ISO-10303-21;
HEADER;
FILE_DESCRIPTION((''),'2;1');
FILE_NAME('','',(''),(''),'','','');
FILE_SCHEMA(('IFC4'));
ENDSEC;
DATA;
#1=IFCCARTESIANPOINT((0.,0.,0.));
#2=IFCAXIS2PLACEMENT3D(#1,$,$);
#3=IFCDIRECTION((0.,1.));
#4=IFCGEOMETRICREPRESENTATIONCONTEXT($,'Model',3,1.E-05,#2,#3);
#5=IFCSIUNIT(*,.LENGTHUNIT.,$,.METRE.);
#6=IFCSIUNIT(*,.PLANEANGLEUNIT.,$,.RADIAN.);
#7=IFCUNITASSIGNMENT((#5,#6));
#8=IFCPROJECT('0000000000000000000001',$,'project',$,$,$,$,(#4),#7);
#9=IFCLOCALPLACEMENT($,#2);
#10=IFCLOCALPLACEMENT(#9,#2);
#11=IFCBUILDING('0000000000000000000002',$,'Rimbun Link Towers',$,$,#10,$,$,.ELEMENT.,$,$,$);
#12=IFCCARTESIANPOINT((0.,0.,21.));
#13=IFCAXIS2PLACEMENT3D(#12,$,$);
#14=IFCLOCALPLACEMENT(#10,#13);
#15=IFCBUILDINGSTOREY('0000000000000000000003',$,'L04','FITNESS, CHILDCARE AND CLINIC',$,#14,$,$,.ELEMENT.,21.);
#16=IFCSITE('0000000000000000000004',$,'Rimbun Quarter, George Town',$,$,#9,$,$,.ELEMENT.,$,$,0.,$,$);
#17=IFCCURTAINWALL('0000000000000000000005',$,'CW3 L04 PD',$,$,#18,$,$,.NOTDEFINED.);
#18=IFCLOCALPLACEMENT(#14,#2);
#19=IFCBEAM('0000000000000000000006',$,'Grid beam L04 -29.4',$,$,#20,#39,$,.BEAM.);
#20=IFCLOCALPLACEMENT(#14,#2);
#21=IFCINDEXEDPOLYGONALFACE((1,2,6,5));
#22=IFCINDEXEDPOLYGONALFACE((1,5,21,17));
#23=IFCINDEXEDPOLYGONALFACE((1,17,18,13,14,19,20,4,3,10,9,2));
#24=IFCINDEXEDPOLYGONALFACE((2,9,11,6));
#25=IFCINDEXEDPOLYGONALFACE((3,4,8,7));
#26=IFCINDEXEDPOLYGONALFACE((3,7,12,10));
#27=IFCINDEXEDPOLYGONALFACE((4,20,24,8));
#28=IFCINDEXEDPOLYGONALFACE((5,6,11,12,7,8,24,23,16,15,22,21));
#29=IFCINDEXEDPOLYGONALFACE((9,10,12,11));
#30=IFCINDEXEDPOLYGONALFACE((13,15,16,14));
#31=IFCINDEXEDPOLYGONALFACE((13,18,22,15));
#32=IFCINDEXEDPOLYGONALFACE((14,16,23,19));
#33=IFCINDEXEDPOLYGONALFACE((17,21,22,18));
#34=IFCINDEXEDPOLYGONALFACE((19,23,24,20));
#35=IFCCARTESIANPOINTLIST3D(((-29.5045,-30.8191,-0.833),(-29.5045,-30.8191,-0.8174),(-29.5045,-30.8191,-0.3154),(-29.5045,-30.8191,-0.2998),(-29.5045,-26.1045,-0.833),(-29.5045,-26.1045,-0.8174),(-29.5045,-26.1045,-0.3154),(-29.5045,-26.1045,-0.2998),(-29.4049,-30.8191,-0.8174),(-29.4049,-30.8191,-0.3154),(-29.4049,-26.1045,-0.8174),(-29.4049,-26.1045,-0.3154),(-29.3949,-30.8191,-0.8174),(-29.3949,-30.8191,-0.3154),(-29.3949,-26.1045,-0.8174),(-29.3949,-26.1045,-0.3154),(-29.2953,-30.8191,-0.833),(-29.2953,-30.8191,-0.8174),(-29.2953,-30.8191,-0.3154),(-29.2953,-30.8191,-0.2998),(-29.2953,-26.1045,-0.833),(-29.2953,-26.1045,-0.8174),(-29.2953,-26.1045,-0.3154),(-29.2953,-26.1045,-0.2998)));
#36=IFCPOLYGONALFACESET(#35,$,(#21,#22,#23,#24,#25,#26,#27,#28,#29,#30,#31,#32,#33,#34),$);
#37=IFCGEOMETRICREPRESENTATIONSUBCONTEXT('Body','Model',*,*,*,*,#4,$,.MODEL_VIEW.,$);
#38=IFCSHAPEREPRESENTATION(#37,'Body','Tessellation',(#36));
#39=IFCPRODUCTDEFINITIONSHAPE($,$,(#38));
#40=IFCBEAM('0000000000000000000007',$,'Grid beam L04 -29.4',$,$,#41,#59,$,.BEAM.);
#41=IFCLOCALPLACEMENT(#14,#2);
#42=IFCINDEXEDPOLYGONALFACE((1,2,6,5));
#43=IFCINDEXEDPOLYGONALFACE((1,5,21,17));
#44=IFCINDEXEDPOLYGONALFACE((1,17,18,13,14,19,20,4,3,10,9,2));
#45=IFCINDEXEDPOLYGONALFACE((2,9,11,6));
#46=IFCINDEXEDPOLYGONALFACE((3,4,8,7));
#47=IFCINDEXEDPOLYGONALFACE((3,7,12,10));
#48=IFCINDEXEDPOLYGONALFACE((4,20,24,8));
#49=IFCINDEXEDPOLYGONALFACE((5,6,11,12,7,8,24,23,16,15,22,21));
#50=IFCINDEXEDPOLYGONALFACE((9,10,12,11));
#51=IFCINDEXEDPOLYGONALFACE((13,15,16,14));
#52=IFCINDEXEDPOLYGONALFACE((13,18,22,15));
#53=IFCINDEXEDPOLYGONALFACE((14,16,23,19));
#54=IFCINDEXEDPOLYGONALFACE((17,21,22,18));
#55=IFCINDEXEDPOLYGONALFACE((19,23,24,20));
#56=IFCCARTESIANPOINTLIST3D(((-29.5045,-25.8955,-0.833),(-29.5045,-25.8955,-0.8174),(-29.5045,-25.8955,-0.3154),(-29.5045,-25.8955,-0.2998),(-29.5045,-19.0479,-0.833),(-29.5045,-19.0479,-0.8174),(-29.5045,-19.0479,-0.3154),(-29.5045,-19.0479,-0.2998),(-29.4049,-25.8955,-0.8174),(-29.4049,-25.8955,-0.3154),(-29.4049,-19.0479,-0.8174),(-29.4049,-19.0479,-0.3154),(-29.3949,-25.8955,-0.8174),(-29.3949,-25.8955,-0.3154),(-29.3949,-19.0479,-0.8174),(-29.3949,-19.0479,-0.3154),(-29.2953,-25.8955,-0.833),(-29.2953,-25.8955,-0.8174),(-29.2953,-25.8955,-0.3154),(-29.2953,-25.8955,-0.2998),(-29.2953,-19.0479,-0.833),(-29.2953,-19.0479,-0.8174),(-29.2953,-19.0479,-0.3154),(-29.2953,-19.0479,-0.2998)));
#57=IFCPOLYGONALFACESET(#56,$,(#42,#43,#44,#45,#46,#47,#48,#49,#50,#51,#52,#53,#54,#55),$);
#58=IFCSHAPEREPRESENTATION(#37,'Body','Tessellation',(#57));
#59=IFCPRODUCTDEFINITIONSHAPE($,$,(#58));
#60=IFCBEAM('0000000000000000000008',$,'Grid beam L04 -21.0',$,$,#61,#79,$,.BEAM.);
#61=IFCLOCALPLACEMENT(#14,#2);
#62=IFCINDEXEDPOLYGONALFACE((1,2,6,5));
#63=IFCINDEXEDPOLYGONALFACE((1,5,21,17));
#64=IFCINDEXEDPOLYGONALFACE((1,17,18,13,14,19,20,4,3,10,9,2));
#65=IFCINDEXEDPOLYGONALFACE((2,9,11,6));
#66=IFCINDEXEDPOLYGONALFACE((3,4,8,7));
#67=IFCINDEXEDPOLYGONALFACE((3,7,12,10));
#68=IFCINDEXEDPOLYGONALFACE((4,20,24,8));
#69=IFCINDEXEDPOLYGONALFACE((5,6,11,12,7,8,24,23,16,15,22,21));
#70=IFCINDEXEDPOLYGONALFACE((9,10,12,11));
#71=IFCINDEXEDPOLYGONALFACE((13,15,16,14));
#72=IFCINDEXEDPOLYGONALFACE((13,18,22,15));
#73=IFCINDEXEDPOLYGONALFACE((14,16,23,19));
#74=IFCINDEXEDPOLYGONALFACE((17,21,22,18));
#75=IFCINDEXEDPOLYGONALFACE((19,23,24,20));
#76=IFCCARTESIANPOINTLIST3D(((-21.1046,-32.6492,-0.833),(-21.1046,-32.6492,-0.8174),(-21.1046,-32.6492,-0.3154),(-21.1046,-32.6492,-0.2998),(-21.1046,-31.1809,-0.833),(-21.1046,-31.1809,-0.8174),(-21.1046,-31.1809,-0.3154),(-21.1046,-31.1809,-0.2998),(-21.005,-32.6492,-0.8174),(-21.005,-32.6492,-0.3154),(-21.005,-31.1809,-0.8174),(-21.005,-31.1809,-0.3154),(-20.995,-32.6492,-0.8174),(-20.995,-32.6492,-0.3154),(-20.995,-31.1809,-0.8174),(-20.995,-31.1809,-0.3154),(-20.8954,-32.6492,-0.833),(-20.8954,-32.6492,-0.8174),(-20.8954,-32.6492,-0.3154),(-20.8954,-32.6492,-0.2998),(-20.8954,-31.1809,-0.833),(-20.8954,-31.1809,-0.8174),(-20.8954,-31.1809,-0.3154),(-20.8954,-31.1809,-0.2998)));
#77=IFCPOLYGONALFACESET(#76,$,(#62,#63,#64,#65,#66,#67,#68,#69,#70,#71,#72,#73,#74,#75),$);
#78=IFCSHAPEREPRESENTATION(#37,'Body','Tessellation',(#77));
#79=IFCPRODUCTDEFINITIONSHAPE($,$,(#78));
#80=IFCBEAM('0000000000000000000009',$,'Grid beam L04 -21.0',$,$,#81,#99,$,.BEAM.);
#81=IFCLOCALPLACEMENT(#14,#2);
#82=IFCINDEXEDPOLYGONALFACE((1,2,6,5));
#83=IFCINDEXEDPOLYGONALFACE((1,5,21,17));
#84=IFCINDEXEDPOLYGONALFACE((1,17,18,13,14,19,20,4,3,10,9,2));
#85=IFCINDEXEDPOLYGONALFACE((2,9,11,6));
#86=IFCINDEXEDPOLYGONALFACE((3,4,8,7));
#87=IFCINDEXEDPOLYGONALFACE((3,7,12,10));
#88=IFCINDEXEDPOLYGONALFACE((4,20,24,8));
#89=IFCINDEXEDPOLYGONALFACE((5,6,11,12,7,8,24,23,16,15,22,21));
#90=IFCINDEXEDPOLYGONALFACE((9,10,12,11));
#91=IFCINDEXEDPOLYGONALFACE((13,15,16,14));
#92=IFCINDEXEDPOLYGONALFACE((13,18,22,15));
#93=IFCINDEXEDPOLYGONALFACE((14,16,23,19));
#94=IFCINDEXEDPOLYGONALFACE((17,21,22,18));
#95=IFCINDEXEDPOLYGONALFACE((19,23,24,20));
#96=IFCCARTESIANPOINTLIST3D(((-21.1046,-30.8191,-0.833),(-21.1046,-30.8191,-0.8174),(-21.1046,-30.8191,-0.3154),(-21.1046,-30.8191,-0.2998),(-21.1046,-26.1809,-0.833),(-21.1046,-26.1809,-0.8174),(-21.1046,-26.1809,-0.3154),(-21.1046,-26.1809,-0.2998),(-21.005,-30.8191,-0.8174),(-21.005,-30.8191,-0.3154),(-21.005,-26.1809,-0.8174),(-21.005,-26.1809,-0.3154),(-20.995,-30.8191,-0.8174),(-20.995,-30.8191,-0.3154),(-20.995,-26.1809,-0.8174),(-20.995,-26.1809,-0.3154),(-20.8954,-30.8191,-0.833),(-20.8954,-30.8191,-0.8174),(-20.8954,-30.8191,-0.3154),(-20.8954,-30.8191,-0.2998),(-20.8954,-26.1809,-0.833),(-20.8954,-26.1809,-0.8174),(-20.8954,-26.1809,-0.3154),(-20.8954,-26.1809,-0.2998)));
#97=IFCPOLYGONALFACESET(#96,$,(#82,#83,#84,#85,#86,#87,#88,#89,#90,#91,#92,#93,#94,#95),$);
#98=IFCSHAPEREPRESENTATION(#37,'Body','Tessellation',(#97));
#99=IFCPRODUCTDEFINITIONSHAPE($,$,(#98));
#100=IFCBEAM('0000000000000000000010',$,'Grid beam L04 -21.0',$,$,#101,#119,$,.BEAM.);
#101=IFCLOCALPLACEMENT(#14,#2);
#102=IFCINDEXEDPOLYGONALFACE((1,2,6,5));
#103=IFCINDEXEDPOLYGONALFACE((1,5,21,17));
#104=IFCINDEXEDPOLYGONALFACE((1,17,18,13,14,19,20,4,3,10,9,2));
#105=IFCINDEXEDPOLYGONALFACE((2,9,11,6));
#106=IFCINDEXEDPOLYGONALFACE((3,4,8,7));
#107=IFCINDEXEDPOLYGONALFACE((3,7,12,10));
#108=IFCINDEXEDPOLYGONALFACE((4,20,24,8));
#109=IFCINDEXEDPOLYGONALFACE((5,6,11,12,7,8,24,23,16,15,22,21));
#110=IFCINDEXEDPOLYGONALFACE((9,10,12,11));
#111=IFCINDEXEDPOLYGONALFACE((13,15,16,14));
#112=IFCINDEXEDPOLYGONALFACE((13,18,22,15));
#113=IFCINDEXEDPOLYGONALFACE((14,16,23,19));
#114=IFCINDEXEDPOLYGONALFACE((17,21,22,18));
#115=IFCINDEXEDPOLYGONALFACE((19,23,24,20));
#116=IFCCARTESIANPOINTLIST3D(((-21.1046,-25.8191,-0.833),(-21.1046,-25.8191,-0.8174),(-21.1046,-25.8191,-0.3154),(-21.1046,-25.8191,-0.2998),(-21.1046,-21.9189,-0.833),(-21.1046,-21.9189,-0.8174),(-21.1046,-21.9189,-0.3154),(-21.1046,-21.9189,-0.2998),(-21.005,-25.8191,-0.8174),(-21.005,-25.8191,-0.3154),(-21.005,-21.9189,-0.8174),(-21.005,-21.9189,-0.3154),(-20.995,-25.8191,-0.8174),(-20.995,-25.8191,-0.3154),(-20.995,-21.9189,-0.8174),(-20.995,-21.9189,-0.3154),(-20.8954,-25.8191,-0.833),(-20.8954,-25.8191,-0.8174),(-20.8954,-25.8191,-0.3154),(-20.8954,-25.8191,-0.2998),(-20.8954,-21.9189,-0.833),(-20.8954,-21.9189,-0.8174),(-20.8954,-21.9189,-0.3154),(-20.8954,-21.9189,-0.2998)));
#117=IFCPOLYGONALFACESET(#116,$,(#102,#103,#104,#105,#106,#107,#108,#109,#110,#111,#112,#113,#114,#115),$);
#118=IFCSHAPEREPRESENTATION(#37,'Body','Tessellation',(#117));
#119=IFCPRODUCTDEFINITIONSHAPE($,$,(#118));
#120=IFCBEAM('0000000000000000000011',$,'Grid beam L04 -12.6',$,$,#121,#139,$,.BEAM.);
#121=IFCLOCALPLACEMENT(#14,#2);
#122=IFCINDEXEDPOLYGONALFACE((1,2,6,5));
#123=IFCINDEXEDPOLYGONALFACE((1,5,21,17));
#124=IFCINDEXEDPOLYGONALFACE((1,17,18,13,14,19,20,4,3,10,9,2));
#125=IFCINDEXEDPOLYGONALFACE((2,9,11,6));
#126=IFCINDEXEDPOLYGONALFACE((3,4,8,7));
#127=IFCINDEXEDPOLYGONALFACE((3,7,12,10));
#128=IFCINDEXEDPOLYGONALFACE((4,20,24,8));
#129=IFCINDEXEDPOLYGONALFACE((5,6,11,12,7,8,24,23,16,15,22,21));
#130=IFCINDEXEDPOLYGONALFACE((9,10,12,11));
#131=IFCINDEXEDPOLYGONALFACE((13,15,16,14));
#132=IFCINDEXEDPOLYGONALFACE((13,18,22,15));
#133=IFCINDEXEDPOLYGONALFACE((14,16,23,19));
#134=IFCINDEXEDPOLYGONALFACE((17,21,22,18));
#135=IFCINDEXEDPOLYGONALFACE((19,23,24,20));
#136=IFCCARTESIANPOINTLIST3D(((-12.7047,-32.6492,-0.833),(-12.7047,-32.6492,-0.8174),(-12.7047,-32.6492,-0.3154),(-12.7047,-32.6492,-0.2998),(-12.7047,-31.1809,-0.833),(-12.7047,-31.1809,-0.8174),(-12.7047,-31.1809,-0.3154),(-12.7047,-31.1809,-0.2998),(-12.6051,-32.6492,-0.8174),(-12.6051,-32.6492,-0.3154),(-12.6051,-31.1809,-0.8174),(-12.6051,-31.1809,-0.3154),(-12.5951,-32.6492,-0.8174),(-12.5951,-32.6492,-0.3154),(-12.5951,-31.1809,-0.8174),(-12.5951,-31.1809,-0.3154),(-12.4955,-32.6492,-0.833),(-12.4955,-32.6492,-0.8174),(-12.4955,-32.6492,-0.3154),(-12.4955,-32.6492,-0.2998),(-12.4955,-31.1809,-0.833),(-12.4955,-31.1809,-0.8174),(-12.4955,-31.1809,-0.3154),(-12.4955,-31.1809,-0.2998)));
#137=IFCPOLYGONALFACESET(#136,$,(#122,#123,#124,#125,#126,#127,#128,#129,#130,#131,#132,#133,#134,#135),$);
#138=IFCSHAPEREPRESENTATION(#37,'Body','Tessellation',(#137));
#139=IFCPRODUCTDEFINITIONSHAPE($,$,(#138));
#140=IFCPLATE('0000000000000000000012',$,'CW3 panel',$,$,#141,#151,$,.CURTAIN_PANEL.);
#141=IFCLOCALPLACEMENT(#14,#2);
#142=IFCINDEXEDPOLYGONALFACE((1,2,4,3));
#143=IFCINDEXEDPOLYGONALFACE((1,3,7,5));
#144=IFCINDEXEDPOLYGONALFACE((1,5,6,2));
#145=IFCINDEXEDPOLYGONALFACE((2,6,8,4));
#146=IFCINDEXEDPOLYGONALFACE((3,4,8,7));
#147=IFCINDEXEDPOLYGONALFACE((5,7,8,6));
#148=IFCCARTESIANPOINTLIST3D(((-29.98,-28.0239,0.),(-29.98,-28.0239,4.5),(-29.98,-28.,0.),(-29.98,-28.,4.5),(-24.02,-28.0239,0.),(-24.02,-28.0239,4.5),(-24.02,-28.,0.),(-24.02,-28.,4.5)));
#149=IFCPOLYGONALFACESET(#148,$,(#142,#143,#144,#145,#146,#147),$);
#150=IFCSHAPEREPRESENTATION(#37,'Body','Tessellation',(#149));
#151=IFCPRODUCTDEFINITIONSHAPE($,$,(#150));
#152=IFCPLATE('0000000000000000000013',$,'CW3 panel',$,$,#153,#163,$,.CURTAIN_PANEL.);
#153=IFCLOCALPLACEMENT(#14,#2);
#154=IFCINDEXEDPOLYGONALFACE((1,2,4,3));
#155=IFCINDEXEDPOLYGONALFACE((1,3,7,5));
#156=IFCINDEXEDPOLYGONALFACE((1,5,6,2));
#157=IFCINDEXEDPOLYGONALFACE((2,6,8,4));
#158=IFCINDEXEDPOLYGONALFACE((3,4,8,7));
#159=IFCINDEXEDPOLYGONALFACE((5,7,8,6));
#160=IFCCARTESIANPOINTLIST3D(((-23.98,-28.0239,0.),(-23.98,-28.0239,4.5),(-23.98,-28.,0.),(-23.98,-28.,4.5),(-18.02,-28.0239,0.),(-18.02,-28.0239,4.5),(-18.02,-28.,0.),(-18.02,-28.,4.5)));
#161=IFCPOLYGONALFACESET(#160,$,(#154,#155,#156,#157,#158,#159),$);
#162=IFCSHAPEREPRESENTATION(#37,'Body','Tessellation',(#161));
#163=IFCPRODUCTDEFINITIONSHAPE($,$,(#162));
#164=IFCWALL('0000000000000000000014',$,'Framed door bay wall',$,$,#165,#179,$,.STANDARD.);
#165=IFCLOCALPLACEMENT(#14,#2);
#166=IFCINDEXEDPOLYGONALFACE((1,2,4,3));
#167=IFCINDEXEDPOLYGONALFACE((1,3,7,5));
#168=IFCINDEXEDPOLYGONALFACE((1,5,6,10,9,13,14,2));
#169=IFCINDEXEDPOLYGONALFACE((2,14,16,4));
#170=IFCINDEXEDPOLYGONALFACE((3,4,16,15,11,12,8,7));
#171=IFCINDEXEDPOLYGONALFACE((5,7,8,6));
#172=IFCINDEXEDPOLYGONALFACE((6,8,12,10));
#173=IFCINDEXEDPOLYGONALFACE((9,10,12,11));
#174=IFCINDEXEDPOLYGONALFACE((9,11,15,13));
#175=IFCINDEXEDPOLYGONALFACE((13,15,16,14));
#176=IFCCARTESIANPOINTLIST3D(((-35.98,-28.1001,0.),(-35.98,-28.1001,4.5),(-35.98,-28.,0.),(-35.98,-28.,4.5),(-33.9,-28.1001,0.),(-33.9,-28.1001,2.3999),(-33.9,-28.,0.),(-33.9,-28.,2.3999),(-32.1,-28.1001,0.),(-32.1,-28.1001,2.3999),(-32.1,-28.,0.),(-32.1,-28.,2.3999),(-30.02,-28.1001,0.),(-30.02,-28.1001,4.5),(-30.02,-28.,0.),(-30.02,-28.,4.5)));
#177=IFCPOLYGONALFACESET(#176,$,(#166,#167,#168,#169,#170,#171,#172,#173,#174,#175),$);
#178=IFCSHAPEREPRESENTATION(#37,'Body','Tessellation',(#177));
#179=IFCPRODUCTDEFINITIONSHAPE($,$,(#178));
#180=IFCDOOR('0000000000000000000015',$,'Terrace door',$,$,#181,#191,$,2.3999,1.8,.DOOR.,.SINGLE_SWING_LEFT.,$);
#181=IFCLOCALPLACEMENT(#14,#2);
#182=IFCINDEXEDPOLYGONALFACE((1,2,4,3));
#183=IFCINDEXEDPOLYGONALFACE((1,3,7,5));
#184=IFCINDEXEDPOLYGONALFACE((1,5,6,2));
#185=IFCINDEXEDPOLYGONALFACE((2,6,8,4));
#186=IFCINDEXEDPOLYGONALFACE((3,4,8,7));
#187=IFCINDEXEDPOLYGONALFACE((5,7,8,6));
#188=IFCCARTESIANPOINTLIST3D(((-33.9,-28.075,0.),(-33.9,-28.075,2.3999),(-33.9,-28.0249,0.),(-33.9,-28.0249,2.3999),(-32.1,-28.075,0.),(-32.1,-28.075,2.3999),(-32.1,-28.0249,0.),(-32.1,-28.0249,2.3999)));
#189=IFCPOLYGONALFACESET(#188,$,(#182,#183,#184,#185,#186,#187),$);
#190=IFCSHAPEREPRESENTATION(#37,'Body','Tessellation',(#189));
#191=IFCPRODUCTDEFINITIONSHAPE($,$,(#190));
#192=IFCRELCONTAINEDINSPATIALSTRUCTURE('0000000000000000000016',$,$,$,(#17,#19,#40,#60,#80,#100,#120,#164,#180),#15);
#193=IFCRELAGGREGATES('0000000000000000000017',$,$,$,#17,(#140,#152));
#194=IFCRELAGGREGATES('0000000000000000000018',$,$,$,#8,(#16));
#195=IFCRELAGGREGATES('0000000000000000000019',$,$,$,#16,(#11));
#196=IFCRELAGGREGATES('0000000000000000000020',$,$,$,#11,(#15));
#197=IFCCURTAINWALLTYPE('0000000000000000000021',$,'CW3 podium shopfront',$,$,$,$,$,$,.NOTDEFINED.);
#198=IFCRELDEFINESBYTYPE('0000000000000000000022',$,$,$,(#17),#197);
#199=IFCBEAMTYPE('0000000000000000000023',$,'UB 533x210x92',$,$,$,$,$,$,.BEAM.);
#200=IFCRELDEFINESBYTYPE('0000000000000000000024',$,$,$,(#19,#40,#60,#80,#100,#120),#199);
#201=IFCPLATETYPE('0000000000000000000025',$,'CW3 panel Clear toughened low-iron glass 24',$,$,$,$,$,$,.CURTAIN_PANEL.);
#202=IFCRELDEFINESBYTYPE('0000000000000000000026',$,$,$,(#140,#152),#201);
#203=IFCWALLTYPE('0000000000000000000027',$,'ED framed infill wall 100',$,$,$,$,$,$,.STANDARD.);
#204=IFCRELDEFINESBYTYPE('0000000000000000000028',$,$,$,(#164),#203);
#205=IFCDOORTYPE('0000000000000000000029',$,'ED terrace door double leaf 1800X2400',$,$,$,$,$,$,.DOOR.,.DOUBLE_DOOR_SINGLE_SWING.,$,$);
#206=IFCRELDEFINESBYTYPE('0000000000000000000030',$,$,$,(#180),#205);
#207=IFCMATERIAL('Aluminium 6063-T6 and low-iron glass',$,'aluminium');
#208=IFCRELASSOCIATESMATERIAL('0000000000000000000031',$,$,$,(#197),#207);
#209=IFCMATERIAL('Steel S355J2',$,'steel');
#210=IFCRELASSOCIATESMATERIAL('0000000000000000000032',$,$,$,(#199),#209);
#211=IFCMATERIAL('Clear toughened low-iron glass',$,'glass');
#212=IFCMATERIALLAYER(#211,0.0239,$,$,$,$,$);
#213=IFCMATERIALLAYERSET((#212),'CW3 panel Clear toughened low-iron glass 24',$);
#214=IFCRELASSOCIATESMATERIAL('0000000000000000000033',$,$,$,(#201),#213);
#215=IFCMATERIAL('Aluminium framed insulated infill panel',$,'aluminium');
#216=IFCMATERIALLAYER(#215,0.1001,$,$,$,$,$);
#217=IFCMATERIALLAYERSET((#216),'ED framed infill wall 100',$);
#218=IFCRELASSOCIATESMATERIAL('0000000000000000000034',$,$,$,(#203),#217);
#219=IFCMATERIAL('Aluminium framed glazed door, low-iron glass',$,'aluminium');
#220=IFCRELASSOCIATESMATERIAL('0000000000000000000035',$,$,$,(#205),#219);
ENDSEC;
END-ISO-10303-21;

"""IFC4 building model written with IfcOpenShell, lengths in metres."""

from ifc_helpers import new_model, si_unit, direction, frame, frame_2d, origin, origin_2d, place, context, subcontext, project, spatial, rectangle, i_section, extrude, material, layer, layer_set, material_profile, profile_set, type_object, element, fill, aggregate, save


model = new_model("IFC4")

# Units and contexts
model_context = context("Model", 3, precision=1e-05, world=origin(), true_north=direction((0.0, 1.0)))
body_context = subcontext(model_context, "Body", "Model", "MODEL_VIEW")
ifc_project = project(units=[si_unit("LENGTHUNIT", "METRE"), si_unit("PLANEANGLEUNIT", "RADIAN")], contexts=[model_context])

# Site, building, storey
site_placement = place(None, origin())
site = spatial("IfcSite", under=ifc_project, at=site_placement, Name="Rimbun Quarter, George Town", CompositionType="ELEMENT", RefElevation=0.0)
building_placement = place(site_placement, origin())
building = spatial("IfcBuilding", under=site, at=building_placement, Name="Rimbun Link Towers", CompositionType="ELEMENT")
storey_placement = place(building_placement, frame((0.0, 0.0, 21.0)))
storey = spatial("IfcBuildingStorey", under=building, at=storey_placement, Name="L04", Description="FITNESS, CHILDCARE AND CLINIC", CompositionType="ELEMENT", Elevation=21.0)

# Curtain wall
ifc_material_1 = material(Name="Aluminium 6063-T6 and low-iron glass", Category="aluminium")
curtain_wall_type = type_object("IfcCurtainWallType", Name="CW3 podium shopfront", PredefinedType="NOTDEFINED", material=ifc_material_1)
curtain_wall_placement = place(storey_placement, origin())
curtain_wall = element("IfcCurtainWall", 1, at=curtain_wall_placement, inside=storey, type_object=curtain_wall_type, Name="CW3 L04 PD", PredefinedType="NOTDEFINED")

# Beams
ifc_material_2 = material(Name="Steel S355J2", Category="steel")
ifc_material_profile_1 = material_profile(ifc_material_2, i_section(OverallWidth=0.2092, OverallDepth=0.5332, WebThickness=0.01, FlangeThickness=0.0156, at=origin_2d()), Name="UB 533x210x92")
ifc_profile_set_1 = profile_set([ifc_material_profile_1], Name="Steel S355J2")
beam_type = type_object("IfcBeamType", Name="UB 533x210x92", PredefinedType="BEAM", material=ifc_profile_set_1)
beam_1_placement = place(storey_placement, frame((-29.3999, -30.8191, -0.5664), z_axis=(0.0, 1.0, 0.0), x_axis=(-1.0, 0.0, 0.0)))
element("IfcBeam", 2, at=beam_1_placement, inside=storey, type_object=beam_type, Name="Grid beam L04 -29.4", PredefinedType="BEAM", context=body_context, shape_type="SweptSolid", body=[
    extrude(i_section(OverallWidth=0.2092, OverallDepth=0.5332, WebThickness=0.01, FlangeThickness=0.0156, at=origin_2d()), origin(), (0.0, 0.0, 1.0), 4.7146),
])
beam_2_placement = place(storey_placement, frame((-29.3999, -25.8955, -0.5664), z_axis=(0.0, 1.0, 0.0), x_axis=(-1.0, 0.0, 0.0)))
element("IfcBeam", 3, at=beam_2_placement, inside=storey, type_object=beam_type, Name="Grid beam L04 -29.4", PredefinedType="BEAM", context=body_context, shape_type="SweptSolid", body=[
    extrude(i_section(OverallWidth=0.2092, OverallDepth=0.5332, WebThickness=0.01, FlangeThickness=0.0156, at=origin_2d()), origin(), (0.0, 0.0, 1.0), 6.8477),
])
beam_3_placement = place(storey_placement, frame((-21.0, -32.6492, -0.5664), z_axis=(0.0, 1.0, 0.0), x_axis=(-1.0, 0.0, 0.0)))
element("IfcBeam", 4, at=beam_3_placement, inside=storey, type_object=beam_type, Name="Grid beam L04 -21.0", PredefinedType="BEAM", context=body_context, shape_type="SweptSolid", body=[
    extrude(i_section(OverallWidth=0.2092, OverallDepth=0.5332, WebThickness=0.01, FlangeThickness=0.0156, at=origin_2d()), origin(), (0.0, 0.0, 1.0), 1.4683),
])
beam_4_placement = place(storey_placement, frame((-21.0, -30.8191, -0.5664), z_axis=(0.0, 1.0, 0.0), x_axis=(-1.0, 0.0, 0.0)))
element("IfcBeam", 5, at=beam_4_placement, inside=storey, type_object=beam_type, Name="Grid beam L04 -21.0", PredefinedType="BEAM", context=body_context, shape_type="SweptSolid", body=[
    extrude(i_section(OverallWidth=0.2092, OverallDepth=0.5332, WebThickness=0.01, FlangeThickness=0.0156, at=origin_2d()), origin(), (0.0, 0.0, 1.0), 4.6382),
])
beam_5_placement = place(storey_placement, frame((-21.0, -25.8191, -0.5664), z_axis=(0.0, 1.0, 0.0), x_axis=(-1.0, 0.0, 0.0)))
element("IfcBeam", 6, at=beam_5_placement, inside=storey, type_object=beam_type, Name="Grid beam L04 -21.0", PredefinedType="BEAM", context=body_context, shape_type="SweptSolid", body=[
    extrude(i_section(OverallWidth=0.2092, OverallDepth=0.5332, WebThickness=0.01, FlangeThickness=0.0156, at=origin_2d()), origin(), (0.0, 0.0, 1.0), 3.9001),
])
beam_6_placement = place(storey_placement, frame((-12.6001, -32.6492, -0.5664), z_axis=(0.0, 1.0, 0.0), x_axis=(-1.0, 0.0, 0.0)))
element("IfcBeam", 7, at=beam_6_placement, inside=storey, type_object=beam_type, Name="Grid beam L04 -12.6", PredefinedType="BEAM", context=body_context, shape_type="SweptSolid", body=[
    extrude(i_section(OverallWidth=0.2092, OverallDepth=0.5332, WebThickness=0.01, FlangeThickness=0.0156, at=origin_2d()), origin(), (0.0, 0.0, 1.0), 1.4683),
])

# Plates
ifc_material_3 = material(Name="Clear toughened low-iron glass", Category="glass")
ifc_layer_1 = layer(ifc_material_3, 0.0239)
ifc_layer_set_1 = layer_set([ifc_layer_1], Name="CW3 panel Clear toughened low-iron glass 24")
plate_type = type_object("IfcPlateType", Name="CW3 panel Clear toughened low-iron glass 24", PredefinedType="CURTAIN_PANEL", material=ifc_layer_set_1)
plate_1_placement = place(storey_placement, frame((-27.0, -28.012, 0.0), z_axis=(0.0, 0.0, 1.0), x_axis=(-1.0, 0.0, 0.0)))
plate_1 = element("IfcPlate", 8, at=plate_1_placement, type_object=plate_type, Name="CW3 panel", PredefinedType="CURTAIN_PANEL", context=body_context, shape_type="SweptSolid", body=[
    extrude(rectangle(XDim=5.96, YDim=0.0239, at=origin_2d()), origin(), (0.0, 0.0, 1.0), 4.5),
])
plate_2_placement = place(storey_placement, frame((-21.0, -28.012, 0.0), z_axis=(0.0, 0.0, 1.0), x_axis=(-1.0, 0.0, 0.0)))
plate_2 = element("IfcPlate", 9, at=plate_2_placement, type_object=plate_type, Name="CW3 panel", PredefinedType="CURTAIN_PANEL", context=body_context, shape_type="SweptSolid", body=[
    extrude(rectangle(XDim=5.96, YDim=0.0239, at=origin_2d()), origin(), (0.0, 0.0, 1.0), 4.5),
])
aggregate(curtain_wall, [plate_1, plate_2])

# Wall, opening, door
ifc_material_4 = material(Name="Aluminium framed insulated infill panel", Category="aluminium")
ifc_layer_2 = layer(ifc_material_4, 0.1001)
ifc_layer_set_2 = layer_set([ifc_layer_2], Name="ED framed infill wall 100")
wall_type_1 = type_object("IfcWallType", Name="ED framed infill wall 100", PredefinedType="STANDARD", material=ifc_layer_set_2)
wall_1_placement = place(storey_placement, frame((-30.02, -28.05, 0.0), z_axis=(0.0, 0.0, 1.0), x_axis=(-1.0, 0.0, 0.0)))
wall_1 = element("IfcWall", 10, at=wall_1_placement, inside=storey, type_object=wall_type_1, Name="Framed door bay wall", PredefinedType="STANDARD", context=body_context, shape_type="SweptSolid", body=[
    extrude(rectangle(XDim=5.96, YDim=0.1001, at=frame_2d((2.98, 0.0))), origin(), (0.0, 0.0, 1.0), 4.5),
])
opening_placement = place(wall_1_placement, frame((2.0801, 0.0, 0.0)))
opening = element("IfcOpeningElement", 11, at=opening_placement, cuts=wall_1, PredefinedType="OPENING", context=body_context, shape_type="SweptSolid", body=[
    extrude(rectangle(XDim=1.8, YDim=2.3999, at=frame_2d((0.8999, 1.2))), frame((0.0, 0.0601, 0.0), z_axis=(0.0, -1.0, 0.0), x_axis=(1.0, 0.0, 0.0)), (0.0, 0.0, 1.0), 0.1201),
])
ifc_material_5 = material(Name="Aluminium framed glazed door, low-iron glass", Category="aluminium")
door_type = type_object("IfcDoorType", Name="ED terrace door double leaf 1800X2400", OperationType="DOUBLE_DOOR_SINGLE_SWING", PredefinedType="DOOR", material=ifc_material_5)
door_placement = place(opening_placement, origin())
door = element("IfcDoor", 12, at=door_placement, inside=storey, type_object=door_type, Name="Terrace door", OperationType="SINGLE_SWING_LEFT", OverallHeight=2.3999, OverallWidth=1.8, PredefinedType="DOOR", context=body_context, shape_type="SweptSolid", body=[
    extrude(rectangle(XDim=1.8, YDim=2.3999, at=frame_2d((0.8999, 1.2))), frame((0.0, 0.0249, 0.0), z_axis=(0.0, -1.0, 0.0), x_axis=(1.0, 0.0, 0.0)), (0.0, 0.0, 1.0), 0.05),
])
fill(opening, door)

save(model, "model.ifc")
